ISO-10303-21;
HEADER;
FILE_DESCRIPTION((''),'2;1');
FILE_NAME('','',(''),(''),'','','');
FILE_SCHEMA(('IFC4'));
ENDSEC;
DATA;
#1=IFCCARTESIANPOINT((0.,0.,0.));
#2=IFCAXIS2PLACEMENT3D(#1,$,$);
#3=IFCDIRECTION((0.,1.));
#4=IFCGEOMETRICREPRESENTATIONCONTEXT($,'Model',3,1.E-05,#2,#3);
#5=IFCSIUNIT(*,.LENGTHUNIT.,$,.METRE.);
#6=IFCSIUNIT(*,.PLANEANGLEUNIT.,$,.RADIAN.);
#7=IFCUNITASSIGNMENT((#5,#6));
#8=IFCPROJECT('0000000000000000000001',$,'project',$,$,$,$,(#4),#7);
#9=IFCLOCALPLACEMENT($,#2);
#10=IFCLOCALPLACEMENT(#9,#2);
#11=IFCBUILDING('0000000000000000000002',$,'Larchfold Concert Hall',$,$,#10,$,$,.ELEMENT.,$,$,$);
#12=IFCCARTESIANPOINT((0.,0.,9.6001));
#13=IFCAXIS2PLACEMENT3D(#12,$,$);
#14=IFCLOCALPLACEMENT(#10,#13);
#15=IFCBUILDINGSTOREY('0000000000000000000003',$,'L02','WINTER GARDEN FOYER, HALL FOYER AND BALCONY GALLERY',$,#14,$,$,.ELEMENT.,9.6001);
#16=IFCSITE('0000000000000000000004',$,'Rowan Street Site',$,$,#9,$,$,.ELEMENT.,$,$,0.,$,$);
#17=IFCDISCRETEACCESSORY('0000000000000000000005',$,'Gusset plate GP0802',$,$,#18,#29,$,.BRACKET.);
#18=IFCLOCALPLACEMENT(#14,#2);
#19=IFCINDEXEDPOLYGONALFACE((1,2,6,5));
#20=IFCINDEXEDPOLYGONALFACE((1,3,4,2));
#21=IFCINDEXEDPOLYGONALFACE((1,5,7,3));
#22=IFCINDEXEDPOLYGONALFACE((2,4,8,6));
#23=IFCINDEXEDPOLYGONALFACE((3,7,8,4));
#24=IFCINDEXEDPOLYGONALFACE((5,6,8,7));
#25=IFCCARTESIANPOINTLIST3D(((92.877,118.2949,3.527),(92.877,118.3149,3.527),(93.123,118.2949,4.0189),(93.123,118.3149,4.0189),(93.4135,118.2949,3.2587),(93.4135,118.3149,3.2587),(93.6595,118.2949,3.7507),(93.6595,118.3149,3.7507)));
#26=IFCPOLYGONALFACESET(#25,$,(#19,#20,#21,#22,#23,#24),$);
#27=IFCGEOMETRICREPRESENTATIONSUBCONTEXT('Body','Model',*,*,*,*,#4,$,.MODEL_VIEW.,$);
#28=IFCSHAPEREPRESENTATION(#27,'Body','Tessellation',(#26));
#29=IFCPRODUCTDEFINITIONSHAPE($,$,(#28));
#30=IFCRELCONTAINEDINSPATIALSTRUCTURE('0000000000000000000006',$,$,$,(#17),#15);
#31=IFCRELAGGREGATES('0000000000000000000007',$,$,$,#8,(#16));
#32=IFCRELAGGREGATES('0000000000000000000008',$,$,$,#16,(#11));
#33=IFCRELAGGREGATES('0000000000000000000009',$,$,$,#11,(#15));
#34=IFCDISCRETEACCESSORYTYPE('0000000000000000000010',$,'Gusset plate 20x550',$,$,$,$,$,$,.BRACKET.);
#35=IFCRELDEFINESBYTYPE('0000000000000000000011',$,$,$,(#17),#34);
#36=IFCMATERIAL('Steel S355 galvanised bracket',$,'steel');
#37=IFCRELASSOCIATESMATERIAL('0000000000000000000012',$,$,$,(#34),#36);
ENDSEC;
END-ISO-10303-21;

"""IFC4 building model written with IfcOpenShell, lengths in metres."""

from ifc_helpers import new_model, si_unit, direction, frame, origin, origin_2d, place, context, subcontext, project, spatial, rectangle, extrude, material, material_profile, profile_set, type_object, element, save


model = new_model("IFC4")

# Units and contexts
model_context = context("Model", 3, precision=1e-05, world=origin(), true_north=direction((0.0, 1.0)))
body_context = subcontext(model_context, "Body", "Model", "MODEL_VIEW")
ifc_project = project(units=[si_unit("LENGTHUNIT", "METRE"), si_unit("PLANEANGLEUNIT", "RADIAN")], contexts=[model_context])

# Site, building, storey
site_placement = place(None, origin())
site = spatial("IfcSite", under=ifc_project, at=site_placement, Name="Rowan Street Site", CompositionType="ELEMENT", RefElevation=0.0)
building_placement = place(site_placement, origin())
building = spatial("IfcBuilding", under=site, at=building_placement, Name="Larchfold Concert Hall", CompositionType="ELEMENT")
storey_placement = place(building_placement, frame((0.0, 0.0, 9.6001)))
storey = spatial("IfcBuildingStorey", under=building, at=storey_placement, Name="L02", Description="WINTER GARDEN FOYER, HALL FOYER AND BALCONY GALLERY", CompositionType="ELEMENT", Elevation=9.6001)

# Discrete accessory
ifc_material_1 = material(Name="Steel S355 galvanised bracket", Category="steel")
ifc_material_profile_1 = material_profile(ifc_material_1, rectangle(XDim=0.02, YDim=0.55, at=origin_2d()))
ifc_profile_set_1 = profile_set([ifc_material_profile_1], Name="Steel S355 galvanised bracket")
discrete_accessory_type = type_object("IfcDiscreteAccessoryType", Name="Gusset plate 20x550", PredefinedType="BRACKET", material=ifc_profile_set_1)
for number, where, z_axis, x_axis, name in (
    (1, (93.0, 118.3049, 3.7729), (0.894427, 0.0, -0.447214), (0.0, 1.0, 0.0), "Gusset plate GP0802"),
):
    element("IfcDiscreteAccessory", number, at=place(storey_placement, frame(where, z_axis=z_axis, x_axis=x_axis)), inside=storey, type_object=discrete_accessory_type, Name=name, PredefinedType="BRACKET", context=body_context, shape_type="SweptSolid", body=[
        extrude(rectangle(XDim=0.02, YDim=0.55, at=origin_2d()), origin(), (0.0, 0.0, 1.0), 0.5999),
    ])

save(model, "model.ifc")
